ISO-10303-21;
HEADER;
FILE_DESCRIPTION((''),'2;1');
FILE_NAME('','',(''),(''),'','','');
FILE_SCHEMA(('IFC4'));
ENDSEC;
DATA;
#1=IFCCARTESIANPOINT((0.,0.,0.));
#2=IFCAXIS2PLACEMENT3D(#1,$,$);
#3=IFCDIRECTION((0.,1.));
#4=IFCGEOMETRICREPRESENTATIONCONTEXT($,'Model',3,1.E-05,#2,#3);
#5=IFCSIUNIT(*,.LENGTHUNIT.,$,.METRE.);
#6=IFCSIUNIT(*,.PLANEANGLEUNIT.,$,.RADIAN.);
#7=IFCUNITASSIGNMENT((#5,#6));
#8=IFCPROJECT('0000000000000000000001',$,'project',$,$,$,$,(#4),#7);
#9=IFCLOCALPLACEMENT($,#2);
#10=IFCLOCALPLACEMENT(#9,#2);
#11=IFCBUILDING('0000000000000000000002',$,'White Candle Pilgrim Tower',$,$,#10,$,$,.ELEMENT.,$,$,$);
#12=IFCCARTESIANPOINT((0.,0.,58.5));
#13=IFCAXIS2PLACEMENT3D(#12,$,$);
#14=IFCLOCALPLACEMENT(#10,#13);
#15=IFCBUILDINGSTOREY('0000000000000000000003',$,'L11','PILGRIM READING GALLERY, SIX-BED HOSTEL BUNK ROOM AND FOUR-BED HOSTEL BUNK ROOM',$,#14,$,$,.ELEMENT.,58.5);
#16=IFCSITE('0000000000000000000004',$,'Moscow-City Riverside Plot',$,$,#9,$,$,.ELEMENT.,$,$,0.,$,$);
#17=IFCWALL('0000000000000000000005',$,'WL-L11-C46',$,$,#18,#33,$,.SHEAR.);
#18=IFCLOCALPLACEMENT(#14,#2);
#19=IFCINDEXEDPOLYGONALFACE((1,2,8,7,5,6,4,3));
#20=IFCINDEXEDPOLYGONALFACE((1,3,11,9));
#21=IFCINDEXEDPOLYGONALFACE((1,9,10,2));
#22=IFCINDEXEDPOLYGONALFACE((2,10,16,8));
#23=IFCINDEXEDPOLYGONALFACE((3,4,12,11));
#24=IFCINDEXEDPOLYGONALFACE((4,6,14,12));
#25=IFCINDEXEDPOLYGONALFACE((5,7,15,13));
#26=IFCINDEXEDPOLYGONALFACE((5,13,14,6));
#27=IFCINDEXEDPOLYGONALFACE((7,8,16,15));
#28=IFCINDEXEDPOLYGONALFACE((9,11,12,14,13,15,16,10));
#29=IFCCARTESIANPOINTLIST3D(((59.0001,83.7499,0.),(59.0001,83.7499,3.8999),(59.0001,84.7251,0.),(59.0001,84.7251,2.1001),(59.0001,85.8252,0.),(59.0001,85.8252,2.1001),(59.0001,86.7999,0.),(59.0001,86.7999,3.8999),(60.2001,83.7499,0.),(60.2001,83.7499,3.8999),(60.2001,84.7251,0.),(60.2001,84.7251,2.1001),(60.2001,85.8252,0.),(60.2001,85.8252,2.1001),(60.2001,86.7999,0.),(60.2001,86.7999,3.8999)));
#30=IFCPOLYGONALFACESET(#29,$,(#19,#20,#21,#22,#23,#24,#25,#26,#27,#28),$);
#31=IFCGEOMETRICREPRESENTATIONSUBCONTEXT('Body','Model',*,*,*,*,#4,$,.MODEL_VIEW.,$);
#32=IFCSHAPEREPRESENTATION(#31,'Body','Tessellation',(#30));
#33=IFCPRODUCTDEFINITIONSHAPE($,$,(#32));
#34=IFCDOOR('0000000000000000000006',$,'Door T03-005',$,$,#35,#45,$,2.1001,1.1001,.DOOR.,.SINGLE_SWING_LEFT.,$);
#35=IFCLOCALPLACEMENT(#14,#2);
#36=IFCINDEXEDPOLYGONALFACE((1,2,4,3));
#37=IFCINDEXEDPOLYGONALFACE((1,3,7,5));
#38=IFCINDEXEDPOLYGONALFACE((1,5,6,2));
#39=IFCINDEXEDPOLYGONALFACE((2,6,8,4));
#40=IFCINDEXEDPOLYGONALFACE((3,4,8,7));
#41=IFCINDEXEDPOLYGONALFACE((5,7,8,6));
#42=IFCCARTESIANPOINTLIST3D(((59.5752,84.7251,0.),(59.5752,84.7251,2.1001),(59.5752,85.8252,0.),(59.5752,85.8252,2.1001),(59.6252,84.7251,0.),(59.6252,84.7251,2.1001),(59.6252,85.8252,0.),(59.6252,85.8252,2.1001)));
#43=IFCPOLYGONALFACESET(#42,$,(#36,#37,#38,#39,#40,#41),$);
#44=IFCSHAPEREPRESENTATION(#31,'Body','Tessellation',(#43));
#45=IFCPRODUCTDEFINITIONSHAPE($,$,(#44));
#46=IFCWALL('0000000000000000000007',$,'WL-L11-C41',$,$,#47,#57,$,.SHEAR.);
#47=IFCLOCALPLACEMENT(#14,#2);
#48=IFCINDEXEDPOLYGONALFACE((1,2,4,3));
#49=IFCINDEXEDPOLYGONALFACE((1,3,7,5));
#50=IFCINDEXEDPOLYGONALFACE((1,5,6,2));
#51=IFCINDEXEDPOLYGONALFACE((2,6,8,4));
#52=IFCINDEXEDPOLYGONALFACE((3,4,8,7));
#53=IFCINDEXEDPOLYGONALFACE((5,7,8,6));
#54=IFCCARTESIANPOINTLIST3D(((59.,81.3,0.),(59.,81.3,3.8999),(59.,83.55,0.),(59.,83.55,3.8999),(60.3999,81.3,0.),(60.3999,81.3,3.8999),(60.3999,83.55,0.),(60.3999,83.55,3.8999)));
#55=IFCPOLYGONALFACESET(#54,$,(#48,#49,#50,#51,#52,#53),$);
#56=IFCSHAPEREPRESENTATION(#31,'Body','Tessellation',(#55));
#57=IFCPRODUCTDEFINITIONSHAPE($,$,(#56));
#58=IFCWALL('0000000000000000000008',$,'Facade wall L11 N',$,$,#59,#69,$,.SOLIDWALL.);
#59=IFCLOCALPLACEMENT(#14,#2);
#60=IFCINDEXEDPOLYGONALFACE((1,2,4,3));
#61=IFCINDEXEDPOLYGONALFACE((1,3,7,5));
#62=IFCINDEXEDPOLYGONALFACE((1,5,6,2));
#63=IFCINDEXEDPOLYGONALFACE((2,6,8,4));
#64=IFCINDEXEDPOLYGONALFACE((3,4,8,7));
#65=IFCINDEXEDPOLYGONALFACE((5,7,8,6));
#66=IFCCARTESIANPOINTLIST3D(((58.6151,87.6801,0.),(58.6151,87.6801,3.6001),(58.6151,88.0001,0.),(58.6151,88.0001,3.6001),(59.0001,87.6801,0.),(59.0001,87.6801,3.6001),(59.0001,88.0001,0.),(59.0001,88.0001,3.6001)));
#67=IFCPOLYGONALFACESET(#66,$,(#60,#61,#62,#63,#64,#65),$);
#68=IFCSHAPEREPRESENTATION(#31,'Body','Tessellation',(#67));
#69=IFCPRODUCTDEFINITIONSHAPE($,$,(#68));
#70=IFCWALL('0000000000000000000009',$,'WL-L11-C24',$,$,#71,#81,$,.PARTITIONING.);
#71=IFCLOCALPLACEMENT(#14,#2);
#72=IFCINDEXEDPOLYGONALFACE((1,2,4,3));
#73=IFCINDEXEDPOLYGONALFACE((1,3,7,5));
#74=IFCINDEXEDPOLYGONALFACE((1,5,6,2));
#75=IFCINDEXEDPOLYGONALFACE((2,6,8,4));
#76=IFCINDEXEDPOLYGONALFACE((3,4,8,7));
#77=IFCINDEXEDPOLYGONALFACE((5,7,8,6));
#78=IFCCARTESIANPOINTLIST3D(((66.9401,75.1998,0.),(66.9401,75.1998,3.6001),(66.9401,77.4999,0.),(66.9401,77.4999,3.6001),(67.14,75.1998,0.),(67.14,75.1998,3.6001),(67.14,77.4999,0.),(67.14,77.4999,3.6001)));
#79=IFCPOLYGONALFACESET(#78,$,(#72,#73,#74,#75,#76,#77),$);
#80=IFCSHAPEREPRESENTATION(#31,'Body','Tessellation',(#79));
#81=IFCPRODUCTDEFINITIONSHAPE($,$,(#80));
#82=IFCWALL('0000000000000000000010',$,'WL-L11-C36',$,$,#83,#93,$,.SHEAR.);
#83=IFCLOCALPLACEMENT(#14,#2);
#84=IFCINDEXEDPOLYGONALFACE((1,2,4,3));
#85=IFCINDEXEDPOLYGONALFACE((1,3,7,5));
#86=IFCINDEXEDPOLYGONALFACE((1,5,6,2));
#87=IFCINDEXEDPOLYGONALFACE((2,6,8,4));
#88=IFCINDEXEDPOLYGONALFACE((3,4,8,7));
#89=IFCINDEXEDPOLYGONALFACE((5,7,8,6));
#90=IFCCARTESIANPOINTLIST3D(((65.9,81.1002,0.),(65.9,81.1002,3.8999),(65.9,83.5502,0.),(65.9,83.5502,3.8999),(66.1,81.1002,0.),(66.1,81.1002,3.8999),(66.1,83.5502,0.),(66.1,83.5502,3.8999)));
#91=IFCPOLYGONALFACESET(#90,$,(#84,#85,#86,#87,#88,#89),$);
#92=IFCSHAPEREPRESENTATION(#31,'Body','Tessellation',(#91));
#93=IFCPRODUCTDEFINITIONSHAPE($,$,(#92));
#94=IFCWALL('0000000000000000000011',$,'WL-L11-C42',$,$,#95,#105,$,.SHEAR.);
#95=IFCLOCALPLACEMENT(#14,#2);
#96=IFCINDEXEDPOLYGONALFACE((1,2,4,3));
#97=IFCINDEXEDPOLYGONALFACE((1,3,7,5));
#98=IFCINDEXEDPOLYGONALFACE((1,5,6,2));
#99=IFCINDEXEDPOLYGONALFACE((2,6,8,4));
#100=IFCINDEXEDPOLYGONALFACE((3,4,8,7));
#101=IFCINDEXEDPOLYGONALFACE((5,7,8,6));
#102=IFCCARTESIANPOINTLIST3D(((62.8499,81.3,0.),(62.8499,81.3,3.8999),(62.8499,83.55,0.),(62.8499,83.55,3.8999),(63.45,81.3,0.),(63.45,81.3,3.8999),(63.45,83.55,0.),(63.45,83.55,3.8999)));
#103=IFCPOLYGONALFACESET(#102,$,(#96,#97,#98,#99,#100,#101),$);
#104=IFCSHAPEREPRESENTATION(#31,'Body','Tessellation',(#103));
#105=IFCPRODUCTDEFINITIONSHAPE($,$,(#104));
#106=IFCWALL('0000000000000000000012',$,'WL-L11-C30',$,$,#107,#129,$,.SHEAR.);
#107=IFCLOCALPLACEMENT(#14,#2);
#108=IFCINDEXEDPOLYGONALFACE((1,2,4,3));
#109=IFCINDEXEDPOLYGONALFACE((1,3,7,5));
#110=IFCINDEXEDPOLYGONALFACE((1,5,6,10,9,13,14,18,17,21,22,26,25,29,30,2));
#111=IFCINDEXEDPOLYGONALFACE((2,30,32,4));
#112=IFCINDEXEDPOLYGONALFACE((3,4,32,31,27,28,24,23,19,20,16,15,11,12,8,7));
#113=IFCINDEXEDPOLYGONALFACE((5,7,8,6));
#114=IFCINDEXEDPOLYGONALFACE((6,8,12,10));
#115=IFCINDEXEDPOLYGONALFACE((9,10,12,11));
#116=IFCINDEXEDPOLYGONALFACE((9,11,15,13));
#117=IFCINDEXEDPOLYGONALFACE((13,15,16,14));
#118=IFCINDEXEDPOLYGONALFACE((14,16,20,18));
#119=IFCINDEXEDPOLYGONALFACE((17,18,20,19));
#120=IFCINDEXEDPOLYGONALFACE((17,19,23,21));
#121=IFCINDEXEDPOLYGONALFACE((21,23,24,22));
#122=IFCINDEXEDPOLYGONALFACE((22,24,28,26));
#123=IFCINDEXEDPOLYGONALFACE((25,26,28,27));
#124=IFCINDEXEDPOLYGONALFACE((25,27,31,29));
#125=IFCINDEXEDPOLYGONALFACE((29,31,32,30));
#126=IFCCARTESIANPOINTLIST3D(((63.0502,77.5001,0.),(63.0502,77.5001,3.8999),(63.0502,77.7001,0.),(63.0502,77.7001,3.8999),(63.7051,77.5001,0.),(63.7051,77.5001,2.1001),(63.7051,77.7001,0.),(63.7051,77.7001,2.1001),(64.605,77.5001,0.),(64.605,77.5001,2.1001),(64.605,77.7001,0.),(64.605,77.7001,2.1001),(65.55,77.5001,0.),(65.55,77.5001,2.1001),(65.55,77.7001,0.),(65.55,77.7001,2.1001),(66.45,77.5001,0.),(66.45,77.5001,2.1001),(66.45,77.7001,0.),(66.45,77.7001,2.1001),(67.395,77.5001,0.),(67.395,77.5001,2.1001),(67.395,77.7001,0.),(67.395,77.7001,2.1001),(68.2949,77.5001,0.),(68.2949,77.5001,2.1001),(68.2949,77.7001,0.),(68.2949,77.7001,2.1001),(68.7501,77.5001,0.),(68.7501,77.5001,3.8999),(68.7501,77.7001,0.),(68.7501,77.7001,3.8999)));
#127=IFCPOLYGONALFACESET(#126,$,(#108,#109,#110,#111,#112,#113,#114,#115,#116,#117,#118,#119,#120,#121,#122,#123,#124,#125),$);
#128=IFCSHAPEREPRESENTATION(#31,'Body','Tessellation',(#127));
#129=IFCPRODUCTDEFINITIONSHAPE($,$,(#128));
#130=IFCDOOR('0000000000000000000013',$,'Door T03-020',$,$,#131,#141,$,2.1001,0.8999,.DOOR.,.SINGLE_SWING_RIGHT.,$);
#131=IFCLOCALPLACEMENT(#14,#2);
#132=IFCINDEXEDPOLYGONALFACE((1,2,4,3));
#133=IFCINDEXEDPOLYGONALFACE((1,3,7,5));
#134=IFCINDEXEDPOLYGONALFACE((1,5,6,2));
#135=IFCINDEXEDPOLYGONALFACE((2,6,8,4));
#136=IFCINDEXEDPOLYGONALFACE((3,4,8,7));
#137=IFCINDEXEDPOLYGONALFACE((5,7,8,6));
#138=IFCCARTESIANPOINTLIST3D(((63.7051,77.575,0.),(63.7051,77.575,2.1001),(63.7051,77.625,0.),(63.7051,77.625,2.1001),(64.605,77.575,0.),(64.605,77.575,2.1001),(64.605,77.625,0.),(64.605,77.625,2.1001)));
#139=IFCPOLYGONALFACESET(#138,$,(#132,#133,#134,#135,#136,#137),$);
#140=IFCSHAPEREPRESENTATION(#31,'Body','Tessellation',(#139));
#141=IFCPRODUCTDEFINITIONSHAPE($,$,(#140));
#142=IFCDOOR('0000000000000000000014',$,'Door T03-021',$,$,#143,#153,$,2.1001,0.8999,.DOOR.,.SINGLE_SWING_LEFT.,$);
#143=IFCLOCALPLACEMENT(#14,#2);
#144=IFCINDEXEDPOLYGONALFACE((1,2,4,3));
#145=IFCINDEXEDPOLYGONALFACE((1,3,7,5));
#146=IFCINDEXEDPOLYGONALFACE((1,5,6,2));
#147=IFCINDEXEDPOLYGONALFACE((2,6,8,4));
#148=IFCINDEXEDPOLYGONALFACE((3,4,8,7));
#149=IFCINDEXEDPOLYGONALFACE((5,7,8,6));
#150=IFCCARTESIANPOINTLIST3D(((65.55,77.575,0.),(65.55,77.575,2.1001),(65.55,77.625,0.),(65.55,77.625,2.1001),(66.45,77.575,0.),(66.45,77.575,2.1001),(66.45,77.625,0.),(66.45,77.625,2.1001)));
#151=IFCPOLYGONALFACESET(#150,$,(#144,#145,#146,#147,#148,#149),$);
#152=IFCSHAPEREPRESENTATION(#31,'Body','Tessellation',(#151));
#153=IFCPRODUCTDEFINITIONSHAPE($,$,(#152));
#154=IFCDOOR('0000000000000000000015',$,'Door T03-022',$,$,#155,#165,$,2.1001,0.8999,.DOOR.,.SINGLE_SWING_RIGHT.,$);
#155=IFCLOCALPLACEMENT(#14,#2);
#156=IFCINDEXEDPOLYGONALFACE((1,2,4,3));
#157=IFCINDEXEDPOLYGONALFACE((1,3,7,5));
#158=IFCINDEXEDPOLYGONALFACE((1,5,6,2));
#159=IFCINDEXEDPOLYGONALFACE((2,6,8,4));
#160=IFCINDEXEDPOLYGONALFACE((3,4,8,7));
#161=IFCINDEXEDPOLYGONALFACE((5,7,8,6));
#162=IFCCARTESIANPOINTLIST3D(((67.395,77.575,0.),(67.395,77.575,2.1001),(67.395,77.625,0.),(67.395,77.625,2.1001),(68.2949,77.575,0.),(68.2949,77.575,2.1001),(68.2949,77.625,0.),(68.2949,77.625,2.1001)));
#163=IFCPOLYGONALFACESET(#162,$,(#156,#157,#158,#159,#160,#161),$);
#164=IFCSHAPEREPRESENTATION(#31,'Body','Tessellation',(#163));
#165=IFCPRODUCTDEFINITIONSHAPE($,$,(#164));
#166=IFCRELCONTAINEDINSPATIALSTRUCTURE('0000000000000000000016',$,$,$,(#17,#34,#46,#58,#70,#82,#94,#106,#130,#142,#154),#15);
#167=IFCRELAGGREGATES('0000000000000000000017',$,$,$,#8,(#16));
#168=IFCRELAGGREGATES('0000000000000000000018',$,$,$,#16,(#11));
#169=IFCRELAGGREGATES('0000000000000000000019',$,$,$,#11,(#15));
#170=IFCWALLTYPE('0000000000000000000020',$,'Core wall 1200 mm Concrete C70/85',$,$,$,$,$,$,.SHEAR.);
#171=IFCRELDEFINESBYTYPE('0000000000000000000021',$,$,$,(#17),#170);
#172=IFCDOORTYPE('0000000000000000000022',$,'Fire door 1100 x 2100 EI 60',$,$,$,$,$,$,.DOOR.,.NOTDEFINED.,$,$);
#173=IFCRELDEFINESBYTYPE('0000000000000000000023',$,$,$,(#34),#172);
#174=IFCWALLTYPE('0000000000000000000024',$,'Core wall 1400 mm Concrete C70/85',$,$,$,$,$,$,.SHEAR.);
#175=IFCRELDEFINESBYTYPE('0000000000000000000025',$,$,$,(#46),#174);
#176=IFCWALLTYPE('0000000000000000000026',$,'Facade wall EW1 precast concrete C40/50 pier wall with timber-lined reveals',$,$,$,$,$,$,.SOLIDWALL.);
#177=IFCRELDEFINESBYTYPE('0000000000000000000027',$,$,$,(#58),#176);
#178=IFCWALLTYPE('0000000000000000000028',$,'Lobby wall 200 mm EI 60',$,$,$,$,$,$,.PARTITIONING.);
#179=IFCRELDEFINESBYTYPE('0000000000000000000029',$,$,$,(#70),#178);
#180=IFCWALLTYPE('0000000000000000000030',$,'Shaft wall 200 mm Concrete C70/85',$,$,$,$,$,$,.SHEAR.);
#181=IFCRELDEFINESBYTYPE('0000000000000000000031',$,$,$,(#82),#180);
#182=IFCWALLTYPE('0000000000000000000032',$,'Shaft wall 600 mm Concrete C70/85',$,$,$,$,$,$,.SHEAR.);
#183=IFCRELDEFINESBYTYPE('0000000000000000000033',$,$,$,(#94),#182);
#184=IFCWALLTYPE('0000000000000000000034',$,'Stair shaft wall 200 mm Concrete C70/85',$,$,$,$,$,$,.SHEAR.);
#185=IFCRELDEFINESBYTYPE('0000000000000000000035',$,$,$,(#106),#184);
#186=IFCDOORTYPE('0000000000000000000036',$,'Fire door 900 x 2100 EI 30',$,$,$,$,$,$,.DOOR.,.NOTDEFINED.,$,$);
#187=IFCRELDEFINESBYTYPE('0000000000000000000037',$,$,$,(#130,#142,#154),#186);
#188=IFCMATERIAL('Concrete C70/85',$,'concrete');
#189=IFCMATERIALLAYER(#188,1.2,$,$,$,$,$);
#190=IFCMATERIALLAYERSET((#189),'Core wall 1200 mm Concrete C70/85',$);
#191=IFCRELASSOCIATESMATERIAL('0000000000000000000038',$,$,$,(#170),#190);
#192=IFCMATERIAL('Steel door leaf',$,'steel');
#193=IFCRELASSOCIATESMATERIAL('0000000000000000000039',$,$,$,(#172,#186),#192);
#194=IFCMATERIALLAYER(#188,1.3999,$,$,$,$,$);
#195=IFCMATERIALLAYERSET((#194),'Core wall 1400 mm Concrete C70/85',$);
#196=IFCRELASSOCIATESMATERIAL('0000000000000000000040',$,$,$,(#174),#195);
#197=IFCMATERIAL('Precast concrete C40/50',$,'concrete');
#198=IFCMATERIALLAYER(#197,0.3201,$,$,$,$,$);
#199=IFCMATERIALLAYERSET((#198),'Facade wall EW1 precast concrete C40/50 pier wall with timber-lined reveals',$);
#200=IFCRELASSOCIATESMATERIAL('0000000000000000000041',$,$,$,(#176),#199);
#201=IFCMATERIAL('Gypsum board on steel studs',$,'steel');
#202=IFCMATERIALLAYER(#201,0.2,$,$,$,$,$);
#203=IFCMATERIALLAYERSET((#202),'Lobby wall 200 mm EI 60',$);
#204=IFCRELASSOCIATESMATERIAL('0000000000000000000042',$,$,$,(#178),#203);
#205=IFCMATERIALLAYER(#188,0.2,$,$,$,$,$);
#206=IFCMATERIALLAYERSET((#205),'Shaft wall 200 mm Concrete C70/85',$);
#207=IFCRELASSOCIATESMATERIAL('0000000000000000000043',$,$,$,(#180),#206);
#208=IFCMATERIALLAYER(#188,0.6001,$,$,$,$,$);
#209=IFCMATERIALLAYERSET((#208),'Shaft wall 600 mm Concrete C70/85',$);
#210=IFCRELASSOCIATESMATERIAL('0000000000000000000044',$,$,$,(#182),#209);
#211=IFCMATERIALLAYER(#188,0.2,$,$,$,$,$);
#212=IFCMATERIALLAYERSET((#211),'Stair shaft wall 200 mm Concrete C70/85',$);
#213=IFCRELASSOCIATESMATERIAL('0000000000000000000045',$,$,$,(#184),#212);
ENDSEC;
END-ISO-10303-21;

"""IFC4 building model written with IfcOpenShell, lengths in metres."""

from ifc_helpers import new_model, si_unit, direction, frame, frame_2d, origin, place, context, subcontext, project, spatial, rectangle, extrude, material, layer, layer_set, type_object, element, fill, save


model = new_model("IFC4")

# Units and contexts
model_context = context("Model", 3, precision=1e-05, world=origin(), true_north=direction((0.0, 1.0)))
body_context = subcontext(model_context, "Body", "Model", "MODEL_VIEW")
ifc_project = project(units=[si_unit("LENGTHUNIT", "METRE"), si_unit("PLANEANGLEUNIT", "RADIAN")], contexts=[model_context])

# Site, building, storey
site_placement = place(None, origin())
site = spatial("IfcSite", under=ifc_project, at=site_placement, Name="Moscow-City Riverside Plot", CompositionType="ELEMENT", RefElevation=0.0)
building_placement = place(site_placement, origin())
building = spatial("IfcBuilding", under=site, at=building_placement, Name="White Candle Pilgrim Tower", CompositionType="ELEMENT")
storey_placement = place(building_placement, frame((0.0, 0.0, 58.5)))
storey = spatial("IfcBuildingStorey", under=building, at=storey_placement, Name="L11", Description="PILGRIM READING GALLERY, SIX-BED HOSTEL BUNK ROOM AND FOUR-BED HOSTEL BUNK ROOM", CompositionType="ELEMENT", Elevation=58.5)

# Wall, opening, door
ifc_material_1 = material(Name="Concrete C70/85", Category="concrete")
ifc_layer_1 = layer(ifc_material_1, 1.2)
ifc_layer_set_1 = layer_set([ifc_layer_1], Name="Core wall 1200 mm Concrete C70/85")
wall_type_1 = type_object("IfcWallType", Name="Core wall 1200 mm Concrete C70/85", PredefinedType="SHEAR", material=ifc_layer_set_1)
wall_1_placement = place(storey_placement, frame((59.6001, 83.75, 0.0), z_axis=(0.0, 0.0, 1.0), x_axis=(0.0, 1.0, 0.0)))
wall_1 = element("IfcWall", 1, at=wall_1_placement, inside=storey, type_object=wall_type_1, Name="WL-L11-C46", PredefinedType="SHEAR", context=body_context, shape_type="SweptSolid", body=[
    extrude(rectangle(XDim=3.05, YDim=1.2, at=frame_2d((1.5249, 0.0))), origin(), (0.0, 0.0, 1.0), 3.8999),
])
opening_1_placement = place(wall_1_placement, frame((0.9751, 0.0, 0.0)))
opening_1 = element("IfcOpeningElement", 2, at=opening_1_placement, cuts=wall_1, PredefinedType="OPENING", context=body_context, shape_type="SweptSolid", body=[
    extrude(rectangle(XDim=1.1001, YDim=2.1001, at=frame_2d((0.55, 1.05))), frame((0.0, 0.6099, 0.0), z_axis=(0.0, -1.0, 0.0), x_axis=(1.0, 0.0, 0.0)), (0.0, 0.0, 1.0), 1.22),
])
ifc_material_2 = material(Name="Steel door leaf", Category="steel")
door_type_1 = type_object("IfcDoorType", Name="Fire door 1100 x 2100 EI 60", OperationType="NOTDEFINED", PredefinedType="DOOR", material=ifc_material_2)
door_1_placement = place(opening_1_placement, origin())
door_1 = element("IfcDoor", 3, at=door_1_placement, inside=storey, type_object=door_type_1, Name="Door T03-005", OperationType="SINGLE_SWING_LEFT", OverallHeight=2.1001, OverallWidth=1.1001, PredefinedType="DOOR", context=body_context, shape_type="SweptSolid", body=[
    extrude(rectangle(XDim=1.1001, YDim=2.1001, at=frame_2d((0.55, 1.05))), frame((0.0, 0.0249, 0.0), z_axis=(0.0, -1.0, 0.0), x_axis=(1.0, 0.0, 0.0)), (0.0, 0.0, 1.0), 0.05),
])
fill(opening_1, door_1)

# Walls
ifc_layer_2 = layer(ifc_material_1, 1.3999)
ifc_layer_set_2 = layer_set([ifc_layer_2], Name="Core wall 1400 mm Concrete C70/85")
wall_type_2 = type_object("IfcWallType", Name="Core wall 1400 mm Concrete C70/85", PredefinedType="SHEAR", material=ifc_layer_set_2)
wall_2_placement = place(storey_placement, frame((59.7, 81.3, 0.0), z_axis=(0.0, 0.0, 1.0), x_axis=(0.0, 1.0, 0.0)))
element("IfcWall", 4, at=wall_2_placement, inside=storey, type_object=wall_type_2, Name="WL-L11-C41", PredefinedType="SHEAR", context=body_context, shape_type="SweptSolid", body=[
    extrude(rectangle(XDim=2.25, YDim=1.3999, at=frame_2d((1.125, 0.0))), origin(), (0.0, 0.0, 1.0), 3.8999),
])
ifc_material_3 = material(Name="Precast concrete C40/50", Category="concrete")
ifc_layer_3 = layer(ifc_material_3, 0.3201)
ifc_layer_set_3 = layer_set([ifc_layer_3], Name="Facade wall EW1 precast concrete C40/50 pier wall with timber-lined reveals")
wall_type_3 = type_object("IfcWallType", Name="Facade wall EW1 precast concrete C40/50 pier wall with timber-lined reveals", PredefinedType="SOLIDWALL", material=ifc_layer_set_3)
wall_3_placement = place(storey_placement, frame((59.0, 87.8401, 0.0), z_axis=(0.0, 0.0, 1.0), x_axis=(-1.0, 0.0, 0.0)))
element("IfcWall", 5, at=wall_3_placement, inside=storey, type_object=wall_type_3, Name="Facade wall L11 N", PredefinedType="SOLIDWALL", context=body_context, shape_type="SweptSolid", body=[
    extrude(rectangle(XDim=0.385, YDim=0.3201, at=frame_2d((0.1924, 0.0))), origin(), (0.0, 0.0, 1.0), 3.6001),
])
ifc_material_4 = material(Name="Gypsum board on steel studs", Category="steel")
ifc_layer_4 = layer(ifc_material_4, 0.2)
ifc_layer_set_4 = layer_set([ifc_layer_4], Name="Lobby wall 200 mm EI 60")
wall_type_4 = type_object("IfcWallType", Name="Lobby wall 200 mm EI 60", PredefinedType="PARTITIONING", material=ifc_layer_set_4)
wall_4_placement = place(storey_placement, frame((67.04, 75.2, 0.0), z_axis=(0.0, 0.0, 1.0), x_axis=(0.0, 1.0, 0.0)))
element("IfcWall", 6, at=wall_4_placement, inside=storey, type_object=wall_type_4, Name="WL-L11-C24", PredefinedType="PARTITIONING", context=body_context, shape_type="SweptSolid", body=[
    extrude(rectangle(XDim=2.3, YDim=0.2, at=frame_2d((1.1499, 0.0))), origin(), (0.0, 0.0, 1.0), 3.6001),
])
ifc_layer_5 = layer(ifc_material_1, 0.2)
ifc_layer_set_5 = layer_set([ifc_layer_5], Name="Shaft wall 200 mm Concrete C70/85")
wall_type_5 = type_object("IfcWallType", Name="Shaft wall 200 mm Concrete C70/85", PredefinedType="SHEAR", material=ifc_layer_set_5)
wall_5_placement = place(storey_placement, frame((66.0, 81.1001, 0.0), z_axis=(0.0, 0.0, 1.0), x_axis=(0.0, 1.0, 0.0)))
element("IfcWall", 7, at=wall_5_placement, inside=storey, type_object=wall_type_5, Name="WL-L11-C36", PredefinedType="SHEAR", context=body_context, shape_type="SweptSolid", body=[
    extrude(rectangle(XDim=2.45, YDim=0.2, at=frame_2d((1.2251, 0.0))), origin(), (0.0, 0.0, 1.0), 3.8999),
])
ifc_layer_6 = layer(ifc_material_1, 0.6001)
ifc_layer_set_6 = layer_set([ifc_layer_6], Name="Shaft wall 600 mm Concrete C70/85")
wall_type_6 = type_object("IfcWallType", Name="Shaft wall 600 mm Concrete C70/85", PredefinedType="SHEAR", material=ifc_layer_set_6)
wall_6_placement = place(storey_placement, frame((63.1499, 81.3, 0.0), z_axis=(0.0, 0.0, 1.0), x_axis=(0.0, 1.0, 0.0)))
element("IfcWall", 8, at=wall_6_placement, inside=storey, type_object=wall_type_6, Name="WL-L11-C42", PredefinedType="SHEAR", context=body_context, shape_type="SweptSolid", body=[
    extrude(rectangle(XDim=2.25, YDim=0.6001, at=frame_2d((1.125, 0.0))), origin(), (0.0, 0.0, 1.0), 3.8999),
])

# Wall, openings, doors
ifc_layer_7 = layer(ifc_material_1, 0.2)
ifc_layer_set_7 = layer_set([ifc_layer_7], Name="Stair shaft wall 200 mm Concrete C70/85")
wall_type_7 = type_object("IfcWallType", Name="Stair shaft wall 200 mm Concrete C70/85", PredefinedType="SHEAR", material=ifc_layer_set_7)
wall_7_placement = place(storey_placement, frame((63.05, 77.6001, 0.0), z_axis=(0.0, 0.0, 1.0), x_axis=(1.0, 0.0, 0.0)))
wall_7 = element("IfcWall", 9, at=wall_7_placement, inside=storey, type_object=wall_type_7, Name="WL-L11-C30", PredefinedType="SHEAR", context=body_context, shape_type="SweptSolid", body=[
    extrude(rectangle(XDim=5.7, YDim=0.2, at=frame_2d((2.8501, 0.0))), origin(), (0.0, 0.0, 1.0), 3.8999),
])
opening_2_placement = place(wall_7_placement, frame((0.655, 0.0, 0.0)))
opening_2 = element("IfcOpeningElement", 10, at=opening_2_placement, cuts=wall_7, PredefinedType="OPENING", context=body_context, shape_type="SweptSolid", body=[
    extrude(rectangle(XDim=0.8999, YDim=2.1001, at=frame_2d((0.45, 1.05))), frame((0.0, 0.1099, 0.0), z_axis=(0.0, -1.0, 0.0), x_axis=(1.0, 0.0, 0.0)), (0.0, 0.0, 1.0), 0.22),
])
opening_3_placement = place(wall_7_placement, frame((2.5, 0.0, 0.0)))
opening_3 = element("IfcOpeningElement", 11, at=opening_3_placement, cuts=wall_7, PredefinedType="OPENING", context=body_context, shape_type="SweptSolid", body=[
    extrude(rectangle(XDim=0.8999, YDim=2.1001, at=frame_2d((0.45, 1.05))), frame((0.0, 0.1099, 0.0), z_axis=(0.0, -1.0, 0.0), x_axis=(1.0, 0.0, 0.0)), (0.0, 0.0, 1.0), 0.22),
])
opening_4_placement = place(wall_7_placement, frame((4.345, 0.0, 0.0)))
opening_4 = element("IfcOpeningElement", 12, at=opening_4_placement, cuts=wall_7, PredefinedType="OPENING", context=body_context, shape_type="SweptSolid", body=[
    extrude(rectangle(XDim=0.8999, YDim=2.1001, at=frame_2d((0.45, 1.05))), frame((0.0, 0.1099, 0.0), z_axis=(0.0, -1.0, 0.0), x_axis=(1.0, 0.0, 0.0)), (0.0, 0.0, 1.0), 0.22),
])
door_type_2 = type_object("IfcDoorType", Name="Fire door 900 x 2100 EI 30", OperationType="NOTDEFINED", PredefinedType="DOOR", material=ifc_material_2)
door_2_placement = place(opening_2_placement, origin())
door_2 = element("IfcDoor", 13, at=door_2_placement, inside=storey, type_object=door_type_2, Name="Door T03-020", OperationType="SINGLE_SWING_RIGHT", OverallHeight=2.1001, OverallWidth=0.8999, PredefinedType="DOOR", context=body_context, shape_type="SweptSolid", body=[
    extrude(rectangle(XDim=0.8999, YDim=2.1001, at=frame_2d((0.45, 1.05))), frame((0.0, 0.0249, 0.0), z_axis=(0.0, -1.0, 0.0), x_axis=(1.0, 0.0, 0.0)), (0.0, 0.0, 1.0), 0.05),
])
fill(opening_2, door_2)
door_3_placement = place(opening_3_placement, origin())
door_3 = element("IfcDoor", 14, at=door_3_placement, inside=storey, type_object=door_type_2, Name="Door T03-021", OperationType="SINGLE_SWING_LEFT", OverallHeight=2.1001, OverallWidth=0.8999, PredefinedType="DOOR", context=body_context, shape_type="SweptSolid", body=[
    extrude(rectangle(XDim=0.8999, YDim=2.1001, at=frame_2d((0.45, 1.05))), frame((0.0, 0.0249, 0.0), z_axis=(0.0, -1.0, 0.0), x_axis=(1.0, 0.0, 0.0)), (0.0, 0.0, 1.0), 0.05),
])
fill(opening_3, door_3)
door_4_placement = place(opening_4_placement, origin())
door_4 = element("IfcDoor", 15, at=door_4_placement, inside=storey, type_object=door_type_2, Name="Door T03-022", OperationType="SINGLE_SWING_RIGHT", OverallHeight=2.1001, OverallWidth=0.8999, PredefinedType="DOOR", context=body_context, shape_type="SweptSolid", body=[
    extrude(rectangle(XDim=0.8999, YDim=2.1001, at=frame_2d((0.45, 1.05))), frame((0.0, 0.0249, 0.0), z_axis=(0.0, -1.0, 0.0), x_axis=(1.0, 0.0, 0.0)), (0.0, 0.0, 1.0), 0.05),
])
fill(opening_4, door_4)

save(model, "model.ifc")
